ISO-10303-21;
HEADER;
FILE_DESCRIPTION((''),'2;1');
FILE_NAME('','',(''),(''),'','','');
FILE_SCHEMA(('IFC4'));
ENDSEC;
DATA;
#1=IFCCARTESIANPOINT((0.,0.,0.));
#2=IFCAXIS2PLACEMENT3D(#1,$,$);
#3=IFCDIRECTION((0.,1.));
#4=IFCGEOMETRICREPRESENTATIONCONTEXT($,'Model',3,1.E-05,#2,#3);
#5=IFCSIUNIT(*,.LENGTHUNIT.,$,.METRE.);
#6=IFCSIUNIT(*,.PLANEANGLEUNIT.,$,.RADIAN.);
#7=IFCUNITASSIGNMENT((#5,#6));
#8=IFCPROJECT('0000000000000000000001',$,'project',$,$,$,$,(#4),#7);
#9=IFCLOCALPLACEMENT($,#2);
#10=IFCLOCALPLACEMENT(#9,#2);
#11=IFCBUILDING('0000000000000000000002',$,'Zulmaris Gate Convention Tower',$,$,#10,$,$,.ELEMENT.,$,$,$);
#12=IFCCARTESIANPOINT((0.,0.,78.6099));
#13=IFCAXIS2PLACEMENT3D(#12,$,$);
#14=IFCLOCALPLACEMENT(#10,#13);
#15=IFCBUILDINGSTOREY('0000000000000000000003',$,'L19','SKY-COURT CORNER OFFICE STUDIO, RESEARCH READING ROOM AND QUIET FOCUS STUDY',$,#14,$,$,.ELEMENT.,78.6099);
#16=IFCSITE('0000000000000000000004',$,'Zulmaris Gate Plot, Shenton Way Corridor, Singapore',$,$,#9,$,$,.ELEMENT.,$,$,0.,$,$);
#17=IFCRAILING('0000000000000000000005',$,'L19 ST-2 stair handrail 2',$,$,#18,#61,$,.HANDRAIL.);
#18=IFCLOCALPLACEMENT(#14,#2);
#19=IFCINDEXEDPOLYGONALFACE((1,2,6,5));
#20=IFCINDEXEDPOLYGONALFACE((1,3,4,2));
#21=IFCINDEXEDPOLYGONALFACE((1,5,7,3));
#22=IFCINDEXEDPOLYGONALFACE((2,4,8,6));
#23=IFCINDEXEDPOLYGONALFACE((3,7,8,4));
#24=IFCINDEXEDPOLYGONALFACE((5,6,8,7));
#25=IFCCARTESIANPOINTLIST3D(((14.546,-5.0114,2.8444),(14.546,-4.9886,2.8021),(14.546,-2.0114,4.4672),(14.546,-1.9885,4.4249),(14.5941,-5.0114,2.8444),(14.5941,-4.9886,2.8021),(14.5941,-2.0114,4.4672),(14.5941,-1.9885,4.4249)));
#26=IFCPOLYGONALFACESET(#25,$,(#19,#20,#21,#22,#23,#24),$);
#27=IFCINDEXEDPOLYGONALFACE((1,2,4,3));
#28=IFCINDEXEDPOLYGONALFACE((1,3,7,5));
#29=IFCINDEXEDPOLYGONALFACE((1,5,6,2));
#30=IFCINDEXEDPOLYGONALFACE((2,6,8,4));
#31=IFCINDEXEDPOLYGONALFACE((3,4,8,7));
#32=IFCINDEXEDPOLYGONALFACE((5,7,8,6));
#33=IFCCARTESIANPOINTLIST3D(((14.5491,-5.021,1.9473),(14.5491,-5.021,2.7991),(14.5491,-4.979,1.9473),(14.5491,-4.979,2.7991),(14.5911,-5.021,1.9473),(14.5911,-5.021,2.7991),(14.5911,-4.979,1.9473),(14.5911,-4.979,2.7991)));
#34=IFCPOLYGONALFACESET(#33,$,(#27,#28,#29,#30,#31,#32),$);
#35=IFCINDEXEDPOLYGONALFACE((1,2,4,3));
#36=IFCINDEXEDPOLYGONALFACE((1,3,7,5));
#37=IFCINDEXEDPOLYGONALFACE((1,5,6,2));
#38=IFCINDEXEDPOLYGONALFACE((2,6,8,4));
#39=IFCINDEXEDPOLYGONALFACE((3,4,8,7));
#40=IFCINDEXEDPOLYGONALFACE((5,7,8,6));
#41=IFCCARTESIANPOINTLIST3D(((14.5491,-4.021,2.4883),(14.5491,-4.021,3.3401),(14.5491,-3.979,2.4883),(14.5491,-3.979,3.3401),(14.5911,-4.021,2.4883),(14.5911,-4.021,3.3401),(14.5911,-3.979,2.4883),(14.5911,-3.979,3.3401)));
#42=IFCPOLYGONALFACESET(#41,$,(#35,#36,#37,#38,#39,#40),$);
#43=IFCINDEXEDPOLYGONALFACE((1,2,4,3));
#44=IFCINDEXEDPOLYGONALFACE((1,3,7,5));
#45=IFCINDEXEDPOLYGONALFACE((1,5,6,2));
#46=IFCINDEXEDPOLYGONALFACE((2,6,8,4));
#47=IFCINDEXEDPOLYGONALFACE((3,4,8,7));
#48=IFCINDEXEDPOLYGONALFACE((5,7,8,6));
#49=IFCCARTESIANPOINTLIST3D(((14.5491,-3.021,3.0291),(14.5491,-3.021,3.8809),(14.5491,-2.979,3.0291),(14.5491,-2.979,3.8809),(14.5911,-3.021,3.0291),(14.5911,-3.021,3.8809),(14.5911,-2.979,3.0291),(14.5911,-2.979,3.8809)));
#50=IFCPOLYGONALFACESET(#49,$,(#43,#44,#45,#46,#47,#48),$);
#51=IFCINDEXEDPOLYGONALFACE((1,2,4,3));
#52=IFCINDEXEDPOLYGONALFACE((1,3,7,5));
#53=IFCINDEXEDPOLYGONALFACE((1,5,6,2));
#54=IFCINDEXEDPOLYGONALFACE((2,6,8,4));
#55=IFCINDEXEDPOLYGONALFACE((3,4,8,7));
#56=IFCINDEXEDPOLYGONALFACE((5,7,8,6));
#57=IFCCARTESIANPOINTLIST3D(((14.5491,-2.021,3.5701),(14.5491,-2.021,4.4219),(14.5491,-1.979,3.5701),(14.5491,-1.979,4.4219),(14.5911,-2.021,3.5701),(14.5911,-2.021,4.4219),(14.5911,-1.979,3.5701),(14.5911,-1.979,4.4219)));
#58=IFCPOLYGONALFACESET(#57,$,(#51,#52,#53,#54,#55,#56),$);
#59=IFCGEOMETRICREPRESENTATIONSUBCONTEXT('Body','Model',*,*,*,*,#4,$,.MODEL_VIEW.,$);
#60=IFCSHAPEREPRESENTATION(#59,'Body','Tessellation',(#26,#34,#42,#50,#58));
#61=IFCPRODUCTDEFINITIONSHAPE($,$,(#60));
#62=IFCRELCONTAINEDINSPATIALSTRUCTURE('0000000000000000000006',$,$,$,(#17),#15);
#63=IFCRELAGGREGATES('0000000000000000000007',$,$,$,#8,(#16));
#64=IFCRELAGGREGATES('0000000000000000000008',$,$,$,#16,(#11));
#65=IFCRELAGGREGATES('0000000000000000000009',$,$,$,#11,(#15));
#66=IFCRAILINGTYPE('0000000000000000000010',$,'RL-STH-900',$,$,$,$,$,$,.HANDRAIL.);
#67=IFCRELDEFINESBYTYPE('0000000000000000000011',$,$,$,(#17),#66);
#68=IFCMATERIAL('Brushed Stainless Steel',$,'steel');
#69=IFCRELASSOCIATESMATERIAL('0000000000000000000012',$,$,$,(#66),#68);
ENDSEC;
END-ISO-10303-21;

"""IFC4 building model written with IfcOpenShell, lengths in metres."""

from ifc_helpers import new_model, si_unit, direction, frame, origin, origin_2d, place, context, subcontext, project, spatial, rectangle, extrude, material, type_object, element, save


model = new_model("IFC4")

# Units and contexts
model_context = context("Model", 3, precision=1e-05, world=origin(), true_north=direction((0.0, 1.0)))
body_context = subcontext(model_context, "Body", "Model", "MODEL_VIEW")
ifc_project = project(units=[si_unit("LENGTHUNIT", "METRE"), si_unit("PLANEANGLEUNIT", "RADIAN")], contexts=[model_context])

# Site, building, storey
site_placement = place(None, origin())
site = spatial("IfcSite", under=ifc_project, at=site_placement, Name="Zulmaris Gate Plot, Shenton Way Corridor, Singapore", CompositionType="ELEMENT", RefElevation=0.0)
building_placement = place(site_placement, origin())
building = spatial("IfcBuilding", under=site, at=building_placement, Name="Zulmaris Gate Convention Tower", CompositionType="ELEMENT")
storey_placement = place(building_placement, frame((0.0, 0.0, 78.6099)))
storey = spatial("IfcBuildingStorey", under=building, at=storey_placement, Name="L19", Description="SKY-COURT CORNER OFFICE STUDIO, RESEARCH READING ROOM AND QUIET FOCUS STUDY", CompositionType="ELEMENT", Elevation=78.6099)

# Railing
ifc_material_1 = material(Name="Brushed Stainless Steel", Category="steel")
railing_type_1 = type_object("IfcRailingType", Name="RL-STH-900", PredefinedType="HANDRAIL", material=ifc_material_1)
railing_1_placement = place(storey_placement, frame((14.5701, -5.0, 1.9473)))
element("IfcRailing", 1, at=railing_1_placement, inside=storey, type_object=railing_type_1, Name="L19 ST-2 stair handrail 2", PredefinedType="HANDRAIL", context=body_context, shape_type="SweptSolid", body=[
    extrude(rectangle(XDim=0.0481, YDim=0.0481, at=origin_2d()), frame((0.0, 0.0, 0.876), z_axis=(0.0, 0.879562, 0.475785), x_axis=(-1.0, 0.0, 0.0)), (0.0, 0.0, 1.0), 3.4109),
    extrude(rectangle(XDim=0.042, YDim=0.042, at=origin_2d()), origin(), (0.0, 0.0, 1.0), 0.8518),
    extrude(rectangle(XDim=0.042, YDim=0.042, at=origin_2d()), frame((0.0, 1.0, 0.541)), (0.0, 0.0, 1.0), 0.8518),
    extrude(rectangle(XDim=0.042, YDim=0.042, at=origin_2d()), frame((0.0, 2.0, 1.0818)), (0.0, 0.0, 1.0), 0.8518),
    extrude(rectangle(XDim=0.042, YDim=0.042, at=origin_2d()), frame((0.0, 3.0, 1.6228)), (0.0, 0.0, 1.0), 0.8518),
])

save(model, "model.ifc")
